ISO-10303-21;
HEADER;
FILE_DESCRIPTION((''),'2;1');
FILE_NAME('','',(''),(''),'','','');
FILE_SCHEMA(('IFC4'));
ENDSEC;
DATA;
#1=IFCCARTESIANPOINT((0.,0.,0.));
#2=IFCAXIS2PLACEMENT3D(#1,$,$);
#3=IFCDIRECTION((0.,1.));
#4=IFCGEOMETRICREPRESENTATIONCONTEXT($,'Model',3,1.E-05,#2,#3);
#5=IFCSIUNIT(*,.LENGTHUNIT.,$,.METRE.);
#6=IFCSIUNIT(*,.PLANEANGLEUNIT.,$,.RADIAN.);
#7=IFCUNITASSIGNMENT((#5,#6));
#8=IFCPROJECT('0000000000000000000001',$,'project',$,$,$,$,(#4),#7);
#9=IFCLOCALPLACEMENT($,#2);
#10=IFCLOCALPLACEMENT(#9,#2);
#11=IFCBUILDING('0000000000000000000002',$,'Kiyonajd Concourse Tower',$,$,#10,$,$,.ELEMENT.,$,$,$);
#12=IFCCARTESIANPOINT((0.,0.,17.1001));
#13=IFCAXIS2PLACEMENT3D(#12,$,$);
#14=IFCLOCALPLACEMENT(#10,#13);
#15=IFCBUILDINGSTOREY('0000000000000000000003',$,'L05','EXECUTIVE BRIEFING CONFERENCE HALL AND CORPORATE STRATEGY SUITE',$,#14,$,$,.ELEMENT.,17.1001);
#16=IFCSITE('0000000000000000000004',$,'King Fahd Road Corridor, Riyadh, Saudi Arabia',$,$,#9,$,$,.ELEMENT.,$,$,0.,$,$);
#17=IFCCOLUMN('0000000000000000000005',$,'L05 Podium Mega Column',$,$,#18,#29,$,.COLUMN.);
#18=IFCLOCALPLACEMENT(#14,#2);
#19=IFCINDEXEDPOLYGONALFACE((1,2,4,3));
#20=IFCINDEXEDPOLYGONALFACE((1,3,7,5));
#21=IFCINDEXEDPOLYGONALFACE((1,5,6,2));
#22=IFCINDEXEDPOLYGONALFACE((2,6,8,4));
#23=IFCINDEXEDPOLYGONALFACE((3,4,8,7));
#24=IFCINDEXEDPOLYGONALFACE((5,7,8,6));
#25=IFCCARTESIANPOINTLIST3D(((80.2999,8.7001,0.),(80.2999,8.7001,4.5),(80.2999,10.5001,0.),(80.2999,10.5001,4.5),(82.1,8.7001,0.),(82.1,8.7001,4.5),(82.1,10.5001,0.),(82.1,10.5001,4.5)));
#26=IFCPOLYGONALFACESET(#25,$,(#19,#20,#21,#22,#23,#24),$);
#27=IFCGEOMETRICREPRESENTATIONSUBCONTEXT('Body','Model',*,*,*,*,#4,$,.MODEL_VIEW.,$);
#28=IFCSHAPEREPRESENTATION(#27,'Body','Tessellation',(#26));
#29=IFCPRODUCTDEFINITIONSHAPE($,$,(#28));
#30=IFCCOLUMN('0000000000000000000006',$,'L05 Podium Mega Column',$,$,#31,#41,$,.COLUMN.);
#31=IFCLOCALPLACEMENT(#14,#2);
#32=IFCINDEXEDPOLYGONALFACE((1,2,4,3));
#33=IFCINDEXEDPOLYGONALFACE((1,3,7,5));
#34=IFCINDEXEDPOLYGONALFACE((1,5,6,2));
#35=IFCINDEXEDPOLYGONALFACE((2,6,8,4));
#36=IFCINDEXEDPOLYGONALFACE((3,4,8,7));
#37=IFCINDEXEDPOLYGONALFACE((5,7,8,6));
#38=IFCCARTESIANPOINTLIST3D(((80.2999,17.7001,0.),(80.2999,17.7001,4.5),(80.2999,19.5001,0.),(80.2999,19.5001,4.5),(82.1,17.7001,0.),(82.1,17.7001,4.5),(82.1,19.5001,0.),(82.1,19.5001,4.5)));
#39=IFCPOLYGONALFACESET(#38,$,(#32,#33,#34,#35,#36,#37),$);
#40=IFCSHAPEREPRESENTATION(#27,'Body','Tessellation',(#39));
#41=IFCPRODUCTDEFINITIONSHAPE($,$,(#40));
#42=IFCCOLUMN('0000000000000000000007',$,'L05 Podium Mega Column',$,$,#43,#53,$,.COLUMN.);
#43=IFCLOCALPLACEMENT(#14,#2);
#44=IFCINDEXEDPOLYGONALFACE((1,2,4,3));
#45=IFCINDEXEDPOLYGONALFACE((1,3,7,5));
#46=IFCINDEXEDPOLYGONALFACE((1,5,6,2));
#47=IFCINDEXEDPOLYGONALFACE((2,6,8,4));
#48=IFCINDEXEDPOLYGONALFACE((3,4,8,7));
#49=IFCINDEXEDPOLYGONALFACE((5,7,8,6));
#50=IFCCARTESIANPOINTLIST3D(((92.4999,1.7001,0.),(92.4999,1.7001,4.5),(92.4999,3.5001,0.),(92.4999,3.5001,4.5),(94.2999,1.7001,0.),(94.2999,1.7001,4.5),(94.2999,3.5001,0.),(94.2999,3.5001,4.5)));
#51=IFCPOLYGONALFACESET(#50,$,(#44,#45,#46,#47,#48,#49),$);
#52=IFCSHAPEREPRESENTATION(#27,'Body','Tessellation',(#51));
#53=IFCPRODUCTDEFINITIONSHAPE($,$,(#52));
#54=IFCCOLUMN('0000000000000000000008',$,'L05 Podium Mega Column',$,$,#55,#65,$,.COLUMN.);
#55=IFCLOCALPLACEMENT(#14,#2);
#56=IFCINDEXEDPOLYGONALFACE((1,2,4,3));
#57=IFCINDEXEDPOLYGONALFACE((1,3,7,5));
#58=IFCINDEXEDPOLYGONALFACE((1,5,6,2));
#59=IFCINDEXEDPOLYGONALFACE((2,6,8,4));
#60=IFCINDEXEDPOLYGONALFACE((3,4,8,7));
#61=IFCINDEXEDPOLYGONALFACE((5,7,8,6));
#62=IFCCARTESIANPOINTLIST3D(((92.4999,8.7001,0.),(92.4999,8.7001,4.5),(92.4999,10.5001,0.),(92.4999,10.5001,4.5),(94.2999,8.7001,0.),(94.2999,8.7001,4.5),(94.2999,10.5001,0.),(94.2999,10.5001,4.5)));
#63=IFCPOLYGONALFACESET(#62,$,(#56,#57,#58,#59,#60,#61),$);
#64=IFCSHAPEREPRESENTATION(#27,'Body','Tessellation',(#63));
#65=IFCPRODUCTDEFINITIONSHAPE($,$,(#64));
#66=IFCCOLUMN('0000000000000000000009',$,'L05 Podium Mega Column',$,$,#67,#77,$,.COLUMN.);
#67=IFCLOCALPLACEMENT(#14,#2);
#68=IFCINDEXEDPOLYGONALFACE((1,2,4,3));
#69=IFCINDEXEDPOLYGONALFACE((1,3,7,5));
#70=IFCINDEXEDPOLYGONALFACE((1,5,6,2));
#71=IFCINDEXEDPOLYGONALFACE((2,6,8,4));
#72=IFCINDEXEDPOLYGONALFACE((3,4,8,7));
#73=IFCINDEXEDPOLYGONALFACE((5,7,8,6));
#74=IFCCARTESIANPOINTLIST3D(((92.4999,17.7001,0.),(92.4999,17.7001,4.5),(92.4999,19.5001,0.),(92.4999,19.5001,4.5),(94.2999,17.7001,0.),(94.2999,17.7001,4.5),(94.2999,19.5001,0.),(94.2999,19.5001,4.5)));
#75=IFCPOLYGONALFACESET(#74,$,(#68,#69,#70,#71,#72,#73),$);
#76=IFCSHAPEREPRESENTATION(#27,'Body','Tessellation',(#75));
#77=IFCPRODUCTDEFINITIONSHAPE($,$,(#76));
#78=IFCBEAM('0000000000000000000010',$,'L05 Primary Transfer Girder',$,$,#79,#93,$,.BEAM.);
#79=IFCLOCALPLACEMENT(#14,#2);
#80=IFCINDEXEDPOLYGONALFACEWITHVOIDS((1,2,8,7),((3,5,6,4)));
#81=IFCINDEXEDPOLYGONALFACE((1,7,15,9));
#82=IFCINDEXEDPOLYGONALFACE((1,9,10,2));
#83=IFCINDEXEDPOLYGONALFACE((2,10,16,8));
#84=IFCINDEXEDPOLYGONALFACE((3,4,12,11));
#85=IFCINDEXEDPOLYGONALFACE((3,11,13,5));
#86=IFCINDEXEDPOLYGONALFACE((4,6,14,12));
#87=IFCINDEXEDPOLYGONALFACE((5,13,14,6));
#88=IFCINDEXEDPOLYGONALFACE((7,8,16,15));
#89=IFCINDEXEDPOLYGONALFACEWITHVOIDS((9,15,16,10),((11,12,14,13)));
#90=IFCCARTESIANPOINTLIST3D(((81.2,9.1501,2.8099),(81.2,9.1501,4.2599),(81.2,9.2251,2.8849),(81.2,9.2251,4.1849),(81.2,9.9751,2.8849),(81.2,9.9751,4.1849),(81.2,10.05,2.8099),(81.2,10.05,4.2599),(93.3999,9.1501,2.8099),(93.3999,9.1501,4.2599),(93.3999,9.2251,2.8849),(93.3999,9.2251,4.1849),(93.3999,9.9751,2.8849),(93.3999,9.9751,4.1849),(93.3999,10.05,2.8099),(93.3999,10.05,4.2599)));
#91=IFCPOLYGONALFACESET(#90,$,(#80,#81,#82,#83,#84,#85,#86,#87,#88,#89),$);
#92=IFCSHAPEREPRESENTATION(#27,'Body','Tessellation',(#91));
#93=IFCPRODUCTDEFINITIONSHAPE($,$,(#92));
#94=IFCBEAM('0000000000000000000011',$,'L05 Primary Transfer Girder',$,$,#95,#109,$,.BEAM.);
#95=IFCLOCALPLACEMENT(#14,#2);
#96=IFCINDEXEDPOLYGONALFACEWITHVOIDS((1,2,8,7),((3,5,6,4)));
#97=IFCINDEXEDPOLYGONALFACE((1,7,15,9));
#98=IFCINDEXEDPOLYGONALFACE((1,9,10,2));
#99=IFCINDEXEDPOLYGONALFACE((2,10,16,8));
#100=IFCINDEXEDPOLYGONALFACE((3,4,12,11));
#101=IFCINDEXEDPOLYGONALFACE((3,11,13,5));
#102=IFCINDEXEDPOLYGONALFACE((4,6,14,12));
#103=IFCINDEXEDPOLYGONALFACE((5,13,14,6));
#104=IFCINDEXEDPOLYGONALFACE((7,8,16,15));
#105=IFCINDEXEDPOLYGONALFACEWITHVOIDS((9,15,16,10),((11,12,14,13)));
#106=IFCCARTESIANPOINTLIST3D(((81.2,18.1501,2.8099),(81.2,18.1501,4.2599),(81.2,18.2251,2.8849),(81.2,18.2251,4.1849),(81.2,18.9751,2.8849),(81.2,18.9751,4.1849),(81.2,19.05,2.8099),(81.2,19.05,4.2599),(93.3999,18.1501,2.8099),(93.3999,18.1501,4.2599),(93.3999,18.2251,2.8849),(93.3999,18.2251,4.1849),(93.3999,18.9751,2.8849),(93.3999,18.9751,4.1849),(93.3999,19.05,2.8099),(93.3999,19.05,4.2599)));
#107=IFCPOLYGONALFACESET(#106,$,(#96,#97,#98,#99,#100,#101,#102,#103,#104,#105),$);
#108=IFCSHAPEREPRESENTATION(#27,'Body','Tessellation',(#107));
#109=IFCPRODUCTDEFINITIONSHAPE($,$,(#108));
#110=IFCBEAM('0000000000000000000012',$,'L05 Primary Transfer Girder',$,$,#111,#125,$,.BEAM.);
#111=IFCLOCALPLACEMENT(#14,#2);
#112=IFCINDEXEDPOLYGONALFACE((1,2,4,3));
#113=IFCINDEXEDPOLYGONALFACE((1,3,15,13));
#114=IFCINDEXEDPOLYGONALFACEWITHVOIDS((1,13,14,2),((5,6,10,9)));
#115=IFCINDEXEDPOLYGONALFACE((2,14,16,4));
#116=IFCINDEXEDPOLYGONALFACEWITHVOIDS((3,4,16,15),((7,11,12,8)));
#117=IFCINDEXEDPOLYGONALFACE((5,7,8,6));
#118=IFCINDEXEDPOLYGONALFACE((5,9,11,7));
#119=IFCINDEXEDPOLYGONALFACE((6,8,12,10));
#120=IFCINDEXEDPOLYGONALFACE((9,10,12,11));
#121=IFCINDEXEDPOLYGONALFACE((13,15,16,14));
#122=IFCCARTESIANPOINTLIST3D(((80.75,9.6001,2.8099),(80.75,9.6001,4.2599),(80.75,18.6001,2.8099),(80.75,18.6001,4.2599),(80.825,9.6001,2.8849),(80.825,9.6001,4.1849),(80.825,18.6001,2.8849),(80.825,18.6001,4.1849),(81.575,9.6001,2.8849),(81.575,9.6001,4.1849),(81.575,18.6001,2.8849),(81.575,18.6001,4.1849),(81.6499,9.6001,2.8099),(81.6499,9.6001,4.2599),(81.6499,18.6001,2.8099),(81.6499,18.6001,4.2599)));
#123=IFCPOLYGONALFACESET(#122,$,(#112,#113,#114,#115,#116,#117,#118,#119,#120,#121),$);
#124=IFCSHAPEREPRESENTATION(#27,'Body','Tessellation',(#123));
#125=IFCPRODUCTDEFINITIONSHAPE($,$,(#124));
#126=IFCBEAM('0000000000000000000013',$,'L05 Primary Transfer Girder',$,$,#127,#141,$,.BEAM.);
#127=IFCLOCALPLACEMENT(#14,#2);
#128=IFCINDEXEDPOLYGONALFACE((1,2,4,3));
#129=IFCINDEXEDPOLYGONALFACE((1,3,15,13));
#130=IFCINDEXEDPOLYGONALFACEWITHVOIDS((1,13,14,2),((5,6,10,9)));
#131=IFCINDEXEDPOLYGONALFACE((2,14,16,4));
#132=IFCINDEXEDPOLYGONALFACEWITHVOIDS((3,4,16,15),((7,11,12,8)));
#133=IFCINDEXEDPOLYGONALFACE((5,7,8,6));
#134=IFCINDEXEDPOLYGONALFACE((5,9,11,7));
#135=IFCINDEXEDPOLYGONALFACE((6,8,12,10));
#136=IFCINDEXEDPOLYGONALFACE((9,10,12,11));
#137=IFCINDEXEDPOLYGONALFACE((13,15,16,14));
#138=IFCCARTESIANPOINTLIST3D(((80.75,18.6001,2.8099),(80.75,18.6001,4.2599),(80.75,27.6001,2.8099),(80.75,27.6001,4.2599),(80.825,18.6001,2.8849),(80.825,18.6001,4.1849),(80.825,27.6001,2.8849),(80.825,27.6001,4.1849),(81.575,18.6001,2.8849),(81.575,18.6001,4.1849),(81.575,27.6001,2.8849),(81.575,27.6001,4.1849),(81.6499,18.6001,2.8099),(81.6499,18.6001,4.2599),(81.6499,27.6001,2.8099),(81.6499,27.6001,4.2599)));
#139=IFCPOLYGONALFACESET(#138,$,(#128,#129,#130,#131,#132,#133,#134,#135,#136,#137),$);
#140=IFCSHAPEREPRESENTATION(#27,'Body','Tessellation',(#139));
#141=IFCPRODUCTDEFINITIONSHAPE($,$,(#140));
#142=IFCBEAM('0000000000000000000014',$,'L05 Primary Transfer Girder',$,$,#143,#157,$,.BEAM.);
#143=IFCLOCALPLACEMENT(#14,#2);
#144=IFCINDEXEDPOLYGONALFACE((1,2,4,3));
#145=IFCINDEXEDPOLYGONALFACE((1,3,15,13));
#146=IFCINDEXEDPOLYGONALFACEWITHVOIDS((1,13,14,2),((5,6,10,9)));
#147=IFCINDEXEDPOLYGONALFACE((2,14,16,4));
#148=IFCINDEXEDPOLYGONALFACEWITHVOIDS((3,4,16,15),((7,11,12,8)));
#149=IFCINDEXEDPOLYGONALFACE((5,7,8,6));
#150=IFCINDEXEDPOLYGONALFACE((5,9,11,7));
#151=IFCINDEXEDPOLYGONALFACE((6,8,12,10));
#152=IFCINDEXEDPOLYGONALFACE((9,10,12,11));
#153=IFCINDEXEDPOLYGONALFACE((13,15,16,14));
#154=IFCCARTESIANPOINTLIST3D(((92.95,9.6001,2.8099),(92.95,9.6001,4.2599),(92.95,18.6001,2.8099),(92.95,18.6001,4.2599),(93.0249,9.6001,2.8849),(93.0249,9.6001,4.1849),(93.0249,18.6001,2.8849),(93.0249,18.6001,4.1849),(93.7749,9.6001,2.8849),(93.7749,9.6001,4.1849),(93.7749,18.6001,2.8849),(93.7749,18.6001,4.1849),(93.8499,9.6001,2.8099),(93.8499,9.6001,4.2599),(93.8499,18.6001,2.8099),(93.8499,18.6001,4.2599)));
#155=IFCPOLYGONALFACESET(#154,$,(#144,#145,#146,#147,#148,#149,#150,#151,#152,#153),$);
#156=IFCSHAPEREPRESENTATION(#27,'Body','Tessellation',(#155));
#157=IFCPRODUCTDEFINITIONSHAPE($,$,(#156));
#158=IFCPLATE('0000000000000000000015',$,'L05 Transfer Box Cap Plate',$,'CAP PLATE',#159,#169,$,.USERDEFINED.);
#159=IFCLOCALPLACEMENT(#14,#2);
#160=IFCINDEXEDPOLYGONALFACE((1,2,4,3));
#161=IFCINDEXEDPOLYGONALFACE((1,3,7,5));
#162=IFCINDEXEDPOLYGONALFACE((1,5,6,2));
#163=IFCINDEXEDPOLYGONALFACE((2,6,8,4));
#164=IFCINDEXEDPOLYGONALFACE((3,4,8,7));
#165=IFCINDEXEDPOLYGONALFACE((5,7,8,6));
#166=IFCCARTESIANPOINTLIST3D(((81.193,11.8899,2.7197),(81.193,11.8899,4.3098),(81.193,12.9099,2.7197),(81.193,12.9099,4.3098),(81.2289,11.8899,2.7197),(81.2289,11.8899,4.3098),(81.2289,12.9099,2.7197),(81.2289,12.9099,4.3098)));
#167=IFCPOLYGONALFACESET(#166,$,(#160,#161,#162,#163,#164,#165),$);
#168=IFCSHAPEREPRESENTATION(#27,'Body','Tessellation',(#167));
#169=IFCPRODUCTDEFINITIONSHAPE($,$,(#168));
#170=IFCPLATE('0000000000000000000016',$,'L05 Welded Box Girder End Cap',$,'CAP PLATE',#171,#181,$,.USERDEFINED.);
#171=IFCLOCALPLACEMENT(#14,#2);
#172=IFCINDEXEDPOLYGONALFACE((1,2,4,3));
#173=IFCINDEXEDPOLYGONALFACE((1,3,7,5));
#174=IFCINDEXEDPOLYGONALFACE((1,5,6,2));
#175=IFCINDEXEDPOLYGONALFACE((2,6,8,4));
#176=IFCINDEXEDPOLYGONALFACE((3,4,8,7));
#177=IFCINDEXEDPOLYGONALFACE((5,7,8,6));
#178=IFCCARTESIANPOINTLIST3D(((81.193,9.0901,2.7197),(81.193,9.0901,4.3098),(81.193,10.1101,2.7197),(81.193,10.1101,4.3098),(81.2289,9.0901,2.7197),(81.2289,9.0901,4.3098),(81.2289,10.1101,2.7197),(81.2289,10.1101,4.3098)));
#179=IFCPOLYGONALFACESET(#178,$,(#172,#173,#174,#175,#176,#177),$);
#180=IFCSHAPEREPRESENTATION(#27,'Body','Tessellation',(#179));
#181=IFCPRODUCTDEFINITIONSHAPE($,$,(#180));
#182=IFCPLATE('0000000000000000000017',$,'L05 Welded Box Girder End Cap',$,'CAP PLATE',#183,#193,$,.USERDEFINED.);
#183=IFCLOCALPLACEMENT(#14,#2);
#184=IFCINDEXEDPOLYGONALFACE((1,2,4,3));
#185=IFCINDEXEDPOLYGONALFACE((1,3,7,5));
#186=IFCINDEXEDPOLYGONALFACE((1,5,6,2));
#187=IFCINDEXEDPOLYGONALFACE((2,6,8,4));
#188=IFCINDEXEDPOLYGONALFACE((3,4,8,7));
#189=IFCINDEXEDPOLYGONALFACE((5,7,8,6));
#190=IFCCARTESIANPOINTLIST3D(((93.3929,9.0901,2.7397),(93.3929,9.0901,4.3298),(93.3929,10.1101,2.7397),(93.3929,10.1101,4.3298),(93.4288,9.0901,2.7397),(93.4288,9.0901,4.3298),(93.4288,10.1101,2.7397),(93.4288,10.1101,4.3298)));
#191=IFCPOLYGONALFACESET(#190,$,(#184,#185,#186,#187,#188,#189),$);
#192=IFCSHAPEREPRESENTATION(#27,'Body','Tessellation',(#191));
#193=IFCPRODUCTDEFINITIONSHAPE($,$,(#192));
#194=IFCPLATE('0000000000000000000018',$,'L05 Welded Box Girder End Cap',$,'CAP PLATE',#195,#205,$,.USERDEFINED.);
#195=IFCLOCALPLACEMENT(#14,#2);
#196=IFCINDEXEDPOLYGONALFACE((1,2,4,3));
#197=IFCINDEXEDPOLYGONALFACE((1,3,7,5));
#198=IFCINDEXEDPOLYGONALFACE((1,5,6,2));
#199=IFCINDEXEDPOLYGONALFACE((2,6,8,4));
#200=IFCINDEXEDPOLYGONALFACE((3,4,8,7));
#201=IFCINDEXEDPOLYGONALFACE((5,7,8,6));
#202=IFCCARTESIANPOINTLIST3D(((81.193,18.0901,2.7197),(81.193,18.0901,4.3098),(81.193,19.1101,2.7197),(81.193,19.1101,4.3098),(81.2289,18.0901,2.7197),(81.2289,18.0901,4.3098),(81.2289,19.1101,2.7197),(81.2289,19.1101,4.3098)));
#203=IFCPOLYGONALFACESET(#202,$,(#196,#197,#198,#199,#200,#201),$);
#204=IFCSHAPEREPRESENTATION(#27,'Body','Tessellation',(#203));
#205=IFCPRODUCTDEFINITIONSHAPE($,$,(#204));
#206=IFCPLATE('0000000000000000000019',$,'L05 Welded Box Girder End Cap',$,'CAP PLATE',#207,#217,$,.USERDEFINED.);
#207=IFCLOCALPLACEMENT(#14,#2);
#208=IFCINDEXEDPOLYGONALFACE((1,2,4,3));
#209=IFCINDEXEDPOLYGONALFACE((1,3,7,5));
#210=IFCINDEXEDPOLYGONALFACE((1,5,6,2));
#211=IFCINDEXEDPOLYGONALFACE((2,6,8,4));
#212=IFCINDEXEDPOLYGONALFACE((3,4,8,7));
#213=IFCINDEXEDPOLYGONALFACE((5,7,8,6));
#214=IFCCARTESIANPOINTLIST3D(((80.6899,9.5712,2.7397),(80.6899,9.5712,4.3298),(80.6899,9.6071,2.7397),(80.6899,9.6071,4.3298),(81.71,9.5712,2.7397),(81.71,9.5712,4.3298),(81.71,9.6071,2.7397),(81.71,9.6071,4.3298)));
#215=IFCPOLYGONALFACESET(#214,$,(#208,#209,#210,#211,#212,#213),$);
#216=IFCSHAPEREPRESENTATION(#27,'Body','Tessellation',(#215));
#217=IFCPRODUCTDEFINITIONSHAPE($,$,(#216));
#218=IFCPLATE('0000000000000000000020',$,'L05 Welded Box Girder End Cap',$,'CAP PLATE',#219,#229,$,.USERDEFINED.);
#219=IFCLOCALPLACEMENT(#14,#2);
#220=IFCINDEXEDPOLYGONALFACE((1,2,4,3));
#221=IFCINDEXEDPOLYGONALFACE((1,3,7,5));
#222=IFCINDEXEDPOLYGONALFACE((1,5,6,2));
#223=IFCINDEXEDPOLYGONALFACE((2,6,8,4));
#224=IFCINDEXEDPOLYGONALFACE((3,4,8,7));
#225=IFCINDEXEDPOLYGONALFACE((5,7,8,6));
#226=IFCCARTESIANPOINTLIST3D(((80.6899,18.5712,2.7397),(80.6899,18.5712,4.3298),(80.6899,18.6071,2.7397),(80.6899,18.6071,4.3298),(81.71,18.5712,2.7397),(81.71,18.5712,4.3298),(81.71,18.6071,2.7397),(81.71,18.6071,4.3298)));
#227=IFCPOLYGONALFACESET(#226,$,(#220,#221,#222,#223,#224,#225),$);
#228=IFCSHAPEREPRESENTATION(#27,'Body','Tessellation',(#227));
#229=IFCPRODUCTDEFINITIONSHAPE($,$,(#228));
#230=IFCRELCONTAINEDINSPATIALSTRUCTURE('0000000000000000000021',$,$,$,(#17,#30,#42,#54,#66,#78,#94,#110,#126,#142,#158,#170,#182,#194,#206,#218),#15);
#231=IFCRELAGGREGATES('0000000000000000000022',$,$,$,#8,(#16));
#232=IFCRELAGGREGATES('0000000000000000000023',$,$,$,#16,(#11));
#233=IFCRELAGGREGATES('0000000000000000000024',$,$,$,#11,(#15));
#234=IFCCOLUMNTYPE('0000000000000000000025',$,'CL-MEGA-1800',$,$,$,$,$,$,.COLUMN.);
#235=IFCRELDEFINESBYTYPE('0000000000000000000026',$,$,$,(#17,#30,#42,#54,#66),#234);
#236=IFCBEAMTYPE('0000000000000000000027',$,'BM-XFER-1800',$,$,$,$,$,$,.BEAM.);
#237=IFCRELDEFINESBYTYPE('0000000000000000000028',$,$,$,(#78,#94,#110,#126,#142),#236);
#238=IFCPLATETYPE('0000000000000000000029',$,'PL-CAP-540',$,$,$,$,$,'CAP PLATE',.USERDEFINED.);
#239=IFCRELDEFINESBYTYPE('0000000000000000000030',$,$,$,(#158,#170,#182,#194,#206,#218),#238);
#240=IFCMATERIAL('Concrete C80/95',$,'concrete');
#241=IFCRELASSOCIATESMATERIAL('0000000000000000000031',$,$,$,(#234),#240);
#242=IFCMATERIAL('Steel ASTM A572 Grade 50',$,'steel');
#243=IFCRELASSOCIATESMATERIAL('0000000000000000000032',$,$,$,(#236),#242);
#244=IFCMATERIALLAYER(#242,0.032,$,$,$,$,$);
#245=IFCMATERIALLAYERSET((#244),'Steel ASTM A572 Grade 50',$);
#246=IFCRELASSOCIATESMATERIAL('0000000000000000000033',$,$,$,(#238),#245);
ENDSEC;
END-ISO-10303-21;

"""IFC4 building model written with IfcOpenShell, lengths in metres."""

from ifc_helpers import new_model, si_unit, direction, frame, origin, origin_2d, place, context, subcontext, project, spatial, rectangle, hollow_rectangle, extrude, material, layer, layer_set, material_profile, profile_set, type_object, element, save


model = new_model("IFC4")

# Units and contexts
model_context = context("Model", 3, precision=1e-05, world=origin(), true_north=direction((0.0, 1.0)))
body_context = subcontext(model_context, "Body", "Model", "MODEL_VIEW")
ifc_project = project(units=[si_unit("LENGTHUNIT", "METRE"), si_unit("PLANEANGLEUNIT", "RADIAN")], contexts=[model_context])

# Site, building, storey
site_placement = place(None, origin())
site = spatial("IfcSite", under=ifc_project, at=site_placement, Name="King Fahd Road Corridor, Riyadh, Saudi Arabia", CompositionType="ELEMENT", RefElevation=0.0)
building_placement = place(site_placement, origin())
building = spatial("IfcBuilding", under=site, at=building_placement, Name="Kiyonajd Concourse Tower", CompositionType="ELEMENT")
storey_placement = place(building_placement, frame((0.0, 0.0, 17.1001)))
storey = spatial("IfcBuildingStorey", under=building, at=storey_placement, Name="L05", Description="EXECUTIVE BRIEFING CONFERENCE HALL AND CORPORATE STRATEGY SUITE", CompositionType="ELEMENT", Elevation=17.1001)

# Columns
ifc_material_1 = material(Name="Concrete C80/95", Category="concrete")
ifc_material_profile_1 = material_profile(ifc_material_1, rectangle(XDim=1.8, YDim=1.8, at=origin_2d()), Name="RC-1800x1800")
ifc_profile_set_1 = profile_set([ifc_material_profile_1], Name="Concrete C80/95")
column_type = type_object("IfcColumnType", Name="CL-MEGA-1800", PredefinedType="COLUMN", material=ifc_profile_set_1)
for number, where, z_axis, x_axis, name in (
    (1, (81.2, 9.6001, 0.0), (0.0, 0.0, 1.0), (1.0, 0.0, 0.0), "L05 Podium Mega Column"),
    (2, (81.2, 18.6001, 0.0), (0.0, 0.0, 1.0), (1.0, 0.0, 0.0), "L05 Podium Mega Column"),
    (3, (93.3999, 2.6001, 0.0), (0.0, 0.0, 1.0), (1.0, 0.0, 0.0), "L05 Podium Mega Column"),
    (4, (93.3999, 9.6001, 0.0), (0.0, 0.0, 1.0), (1.0, 0.0, 0.0), "L05 Podium Mega Column"),
    (5, (93.3999, 18.6001, 0.0), (0.0, 0.0, 1.0), (1.0, 0.0, 0.0), "L05 Podium Mega Column"),
):
    element("IfcColumn", number, at=place(storey_placement, frame(where, z_axis=z_axis, x_axis=x_axis)), inside=storey, type_object=column_type, Name=name, PredefinedType="COLUMN", context=body_context, shape_type="SweptSolid", body=[
        extrude(rectangle(XDim=1.8, YDim=1.8, at=origin_2d()), origin(), (0.0, 0.0, 1.0), 4.5),
    ])

# Beams
ifc_material_2 = material(Name="Steel ASTM A572 Grade 50", Category="steel")
ifc_material_profile_2 = material_profile(ifc_material_2, hollow_rectangle(XDim=0.8999, YDim=1.45, WallThickness=0.075, at=origin_2d()), Name="BOX-1450x900x75")
ifc_profile_set_2 = profile_set([ifc_material_profile_2], Name="Steel ASTM A572 Grade 50")
beam_type = type_object("IfcBeamType", Name="BM-XFER-1800", PredefinedType="BEAM", material=ifc_profile_set_2)
for number, where, z_axis, x_axis, name in (
    (6, (81.2, 9.6001, 3.5349), (1.0, 0.0, 0.0), (0.0, 1.0, 0.0), "L05 Primary Transfer Girder"),
    (7, (81.2, 18.6001, 3.5349), (1.0, 0.0, 0.0), (0.0, 1.0, 0.0), "L05 Primary Transfer Girder"),
):
    element("IfcBeam", number, at=place(storey_placement, frame(where, z_axis=z_axis, x_axis=x_axis)), inside=storey, type_object=beam_type, Name=name, PredefinedType="BEAM", context=body_context, shape_type="SweptSolid", body=[
        extrude(hollow_rectangle(XDim=0.8999, YDim=1.45, WallThickness=0.075, at=origin_2d()), origin(), (0.0, 0.0, 1.0), 12.2),
    ])
for number, where, z_axis, x_axis, name in (
    (8, (81.2, 9.6001, 3.5349), (0.0, 1.0, 0.0), (-1.0, 0.0, 0.0), "L05 Primary Transfer Girder"),
    (9, (81.2, 18.6001, 3.5349), (0.0, 1.0, 0.0), (-1.0, 0.0, 0.0), "L05 Primary Transfer Girder"),
    (10, (93.3999, 9.6001, 3.5349), (0.0, 1.0, 0.0), (-1.0, 0.0, 0.0), "L05 Primary Transfer Girder"),
):
    element("IfcBeam", number, at=place(storey_placement, frame(where, z_axis=z_axis, x_axis=x_axis)), inside=storey, type_object=beam_type, Name=name, PredefinedType="BEAM", context=body_context, shape_type="SweptSolid", body=[
        extrude(hollow_rectangle(XDim=0.8999, YDim=1.45, WallThickness=0.075, at=origin_2d()), origin(), (0.0, 0.0, 1.0), 9.0),
    ])

# Plates
ifc_layer_1 = layer(ifc_material_2, 0.032)
ifc_layer_set_1 = layer_set([ifc_layer_1], Name="Steel ASTM A572 Grade 50")
plate_type = type_object("IfcPlateType", Name="PL-CAP-540", ElementType="CAP PLATE", PredefinedType="USERDEFINED", material=ifc_layer_set_1)
for number, where, z_axis, x_axis, name in (
    (11, (81.2109, 12.3999, 2.7197), (0.0, 0.0, 1.0), (1.0, 0.0, 0.0), "L05 Transfer Box Cap Plate"),
    (12, (81.2109, 9.6001, 2.7197), (0.0, 0.0, 1.0), (1.0, 0.0, 0.0), "L05 Welded Box Girder End Cap"),
    (13, (93.4109, 9.6001, 2.7397), (0.0, 0.0, 1.0), (1.0, 0.0, 0.0), "L05 Welded Box Girder End Cap"),
    (14, (81.2109, 18.6001, 2.7197), (0.0, 0.0, 1.0), (1.0, 0.0, 0.0), "L05 Welded Box Girder End Cap"),
    (15, (81.2, 9.5891, 2.7397), (0.0, 0.0, 1.0), (0.0, -1.0, 0.0), "L05 Welded Box Girder End Cap"),
    (16, (81.2, 18.5891, 2.7397), (0.0, 0.0, 1.0), (0.0, -1.0, 0.0), "L05 Welded Box Girder End Cap"),
):
    element("IfcPlate", number, at=place(storey_placement, frame(where, z_axis=z_axis, x_axis=x_axis)), inside=storey, type_object=plate_type, Name=name, ObjectType="CAP PLATE", PredefinedType="USERDEFINED", context=body_context, shape_type="SweptSolid", body=[
        extrude(rectangle(XDim=0.0359, YDim=1.02, at=origin_2d()), origin(), (0.0, 0.0, 1.0), 1.5901),
    ])

save(model, "model.ifc")
